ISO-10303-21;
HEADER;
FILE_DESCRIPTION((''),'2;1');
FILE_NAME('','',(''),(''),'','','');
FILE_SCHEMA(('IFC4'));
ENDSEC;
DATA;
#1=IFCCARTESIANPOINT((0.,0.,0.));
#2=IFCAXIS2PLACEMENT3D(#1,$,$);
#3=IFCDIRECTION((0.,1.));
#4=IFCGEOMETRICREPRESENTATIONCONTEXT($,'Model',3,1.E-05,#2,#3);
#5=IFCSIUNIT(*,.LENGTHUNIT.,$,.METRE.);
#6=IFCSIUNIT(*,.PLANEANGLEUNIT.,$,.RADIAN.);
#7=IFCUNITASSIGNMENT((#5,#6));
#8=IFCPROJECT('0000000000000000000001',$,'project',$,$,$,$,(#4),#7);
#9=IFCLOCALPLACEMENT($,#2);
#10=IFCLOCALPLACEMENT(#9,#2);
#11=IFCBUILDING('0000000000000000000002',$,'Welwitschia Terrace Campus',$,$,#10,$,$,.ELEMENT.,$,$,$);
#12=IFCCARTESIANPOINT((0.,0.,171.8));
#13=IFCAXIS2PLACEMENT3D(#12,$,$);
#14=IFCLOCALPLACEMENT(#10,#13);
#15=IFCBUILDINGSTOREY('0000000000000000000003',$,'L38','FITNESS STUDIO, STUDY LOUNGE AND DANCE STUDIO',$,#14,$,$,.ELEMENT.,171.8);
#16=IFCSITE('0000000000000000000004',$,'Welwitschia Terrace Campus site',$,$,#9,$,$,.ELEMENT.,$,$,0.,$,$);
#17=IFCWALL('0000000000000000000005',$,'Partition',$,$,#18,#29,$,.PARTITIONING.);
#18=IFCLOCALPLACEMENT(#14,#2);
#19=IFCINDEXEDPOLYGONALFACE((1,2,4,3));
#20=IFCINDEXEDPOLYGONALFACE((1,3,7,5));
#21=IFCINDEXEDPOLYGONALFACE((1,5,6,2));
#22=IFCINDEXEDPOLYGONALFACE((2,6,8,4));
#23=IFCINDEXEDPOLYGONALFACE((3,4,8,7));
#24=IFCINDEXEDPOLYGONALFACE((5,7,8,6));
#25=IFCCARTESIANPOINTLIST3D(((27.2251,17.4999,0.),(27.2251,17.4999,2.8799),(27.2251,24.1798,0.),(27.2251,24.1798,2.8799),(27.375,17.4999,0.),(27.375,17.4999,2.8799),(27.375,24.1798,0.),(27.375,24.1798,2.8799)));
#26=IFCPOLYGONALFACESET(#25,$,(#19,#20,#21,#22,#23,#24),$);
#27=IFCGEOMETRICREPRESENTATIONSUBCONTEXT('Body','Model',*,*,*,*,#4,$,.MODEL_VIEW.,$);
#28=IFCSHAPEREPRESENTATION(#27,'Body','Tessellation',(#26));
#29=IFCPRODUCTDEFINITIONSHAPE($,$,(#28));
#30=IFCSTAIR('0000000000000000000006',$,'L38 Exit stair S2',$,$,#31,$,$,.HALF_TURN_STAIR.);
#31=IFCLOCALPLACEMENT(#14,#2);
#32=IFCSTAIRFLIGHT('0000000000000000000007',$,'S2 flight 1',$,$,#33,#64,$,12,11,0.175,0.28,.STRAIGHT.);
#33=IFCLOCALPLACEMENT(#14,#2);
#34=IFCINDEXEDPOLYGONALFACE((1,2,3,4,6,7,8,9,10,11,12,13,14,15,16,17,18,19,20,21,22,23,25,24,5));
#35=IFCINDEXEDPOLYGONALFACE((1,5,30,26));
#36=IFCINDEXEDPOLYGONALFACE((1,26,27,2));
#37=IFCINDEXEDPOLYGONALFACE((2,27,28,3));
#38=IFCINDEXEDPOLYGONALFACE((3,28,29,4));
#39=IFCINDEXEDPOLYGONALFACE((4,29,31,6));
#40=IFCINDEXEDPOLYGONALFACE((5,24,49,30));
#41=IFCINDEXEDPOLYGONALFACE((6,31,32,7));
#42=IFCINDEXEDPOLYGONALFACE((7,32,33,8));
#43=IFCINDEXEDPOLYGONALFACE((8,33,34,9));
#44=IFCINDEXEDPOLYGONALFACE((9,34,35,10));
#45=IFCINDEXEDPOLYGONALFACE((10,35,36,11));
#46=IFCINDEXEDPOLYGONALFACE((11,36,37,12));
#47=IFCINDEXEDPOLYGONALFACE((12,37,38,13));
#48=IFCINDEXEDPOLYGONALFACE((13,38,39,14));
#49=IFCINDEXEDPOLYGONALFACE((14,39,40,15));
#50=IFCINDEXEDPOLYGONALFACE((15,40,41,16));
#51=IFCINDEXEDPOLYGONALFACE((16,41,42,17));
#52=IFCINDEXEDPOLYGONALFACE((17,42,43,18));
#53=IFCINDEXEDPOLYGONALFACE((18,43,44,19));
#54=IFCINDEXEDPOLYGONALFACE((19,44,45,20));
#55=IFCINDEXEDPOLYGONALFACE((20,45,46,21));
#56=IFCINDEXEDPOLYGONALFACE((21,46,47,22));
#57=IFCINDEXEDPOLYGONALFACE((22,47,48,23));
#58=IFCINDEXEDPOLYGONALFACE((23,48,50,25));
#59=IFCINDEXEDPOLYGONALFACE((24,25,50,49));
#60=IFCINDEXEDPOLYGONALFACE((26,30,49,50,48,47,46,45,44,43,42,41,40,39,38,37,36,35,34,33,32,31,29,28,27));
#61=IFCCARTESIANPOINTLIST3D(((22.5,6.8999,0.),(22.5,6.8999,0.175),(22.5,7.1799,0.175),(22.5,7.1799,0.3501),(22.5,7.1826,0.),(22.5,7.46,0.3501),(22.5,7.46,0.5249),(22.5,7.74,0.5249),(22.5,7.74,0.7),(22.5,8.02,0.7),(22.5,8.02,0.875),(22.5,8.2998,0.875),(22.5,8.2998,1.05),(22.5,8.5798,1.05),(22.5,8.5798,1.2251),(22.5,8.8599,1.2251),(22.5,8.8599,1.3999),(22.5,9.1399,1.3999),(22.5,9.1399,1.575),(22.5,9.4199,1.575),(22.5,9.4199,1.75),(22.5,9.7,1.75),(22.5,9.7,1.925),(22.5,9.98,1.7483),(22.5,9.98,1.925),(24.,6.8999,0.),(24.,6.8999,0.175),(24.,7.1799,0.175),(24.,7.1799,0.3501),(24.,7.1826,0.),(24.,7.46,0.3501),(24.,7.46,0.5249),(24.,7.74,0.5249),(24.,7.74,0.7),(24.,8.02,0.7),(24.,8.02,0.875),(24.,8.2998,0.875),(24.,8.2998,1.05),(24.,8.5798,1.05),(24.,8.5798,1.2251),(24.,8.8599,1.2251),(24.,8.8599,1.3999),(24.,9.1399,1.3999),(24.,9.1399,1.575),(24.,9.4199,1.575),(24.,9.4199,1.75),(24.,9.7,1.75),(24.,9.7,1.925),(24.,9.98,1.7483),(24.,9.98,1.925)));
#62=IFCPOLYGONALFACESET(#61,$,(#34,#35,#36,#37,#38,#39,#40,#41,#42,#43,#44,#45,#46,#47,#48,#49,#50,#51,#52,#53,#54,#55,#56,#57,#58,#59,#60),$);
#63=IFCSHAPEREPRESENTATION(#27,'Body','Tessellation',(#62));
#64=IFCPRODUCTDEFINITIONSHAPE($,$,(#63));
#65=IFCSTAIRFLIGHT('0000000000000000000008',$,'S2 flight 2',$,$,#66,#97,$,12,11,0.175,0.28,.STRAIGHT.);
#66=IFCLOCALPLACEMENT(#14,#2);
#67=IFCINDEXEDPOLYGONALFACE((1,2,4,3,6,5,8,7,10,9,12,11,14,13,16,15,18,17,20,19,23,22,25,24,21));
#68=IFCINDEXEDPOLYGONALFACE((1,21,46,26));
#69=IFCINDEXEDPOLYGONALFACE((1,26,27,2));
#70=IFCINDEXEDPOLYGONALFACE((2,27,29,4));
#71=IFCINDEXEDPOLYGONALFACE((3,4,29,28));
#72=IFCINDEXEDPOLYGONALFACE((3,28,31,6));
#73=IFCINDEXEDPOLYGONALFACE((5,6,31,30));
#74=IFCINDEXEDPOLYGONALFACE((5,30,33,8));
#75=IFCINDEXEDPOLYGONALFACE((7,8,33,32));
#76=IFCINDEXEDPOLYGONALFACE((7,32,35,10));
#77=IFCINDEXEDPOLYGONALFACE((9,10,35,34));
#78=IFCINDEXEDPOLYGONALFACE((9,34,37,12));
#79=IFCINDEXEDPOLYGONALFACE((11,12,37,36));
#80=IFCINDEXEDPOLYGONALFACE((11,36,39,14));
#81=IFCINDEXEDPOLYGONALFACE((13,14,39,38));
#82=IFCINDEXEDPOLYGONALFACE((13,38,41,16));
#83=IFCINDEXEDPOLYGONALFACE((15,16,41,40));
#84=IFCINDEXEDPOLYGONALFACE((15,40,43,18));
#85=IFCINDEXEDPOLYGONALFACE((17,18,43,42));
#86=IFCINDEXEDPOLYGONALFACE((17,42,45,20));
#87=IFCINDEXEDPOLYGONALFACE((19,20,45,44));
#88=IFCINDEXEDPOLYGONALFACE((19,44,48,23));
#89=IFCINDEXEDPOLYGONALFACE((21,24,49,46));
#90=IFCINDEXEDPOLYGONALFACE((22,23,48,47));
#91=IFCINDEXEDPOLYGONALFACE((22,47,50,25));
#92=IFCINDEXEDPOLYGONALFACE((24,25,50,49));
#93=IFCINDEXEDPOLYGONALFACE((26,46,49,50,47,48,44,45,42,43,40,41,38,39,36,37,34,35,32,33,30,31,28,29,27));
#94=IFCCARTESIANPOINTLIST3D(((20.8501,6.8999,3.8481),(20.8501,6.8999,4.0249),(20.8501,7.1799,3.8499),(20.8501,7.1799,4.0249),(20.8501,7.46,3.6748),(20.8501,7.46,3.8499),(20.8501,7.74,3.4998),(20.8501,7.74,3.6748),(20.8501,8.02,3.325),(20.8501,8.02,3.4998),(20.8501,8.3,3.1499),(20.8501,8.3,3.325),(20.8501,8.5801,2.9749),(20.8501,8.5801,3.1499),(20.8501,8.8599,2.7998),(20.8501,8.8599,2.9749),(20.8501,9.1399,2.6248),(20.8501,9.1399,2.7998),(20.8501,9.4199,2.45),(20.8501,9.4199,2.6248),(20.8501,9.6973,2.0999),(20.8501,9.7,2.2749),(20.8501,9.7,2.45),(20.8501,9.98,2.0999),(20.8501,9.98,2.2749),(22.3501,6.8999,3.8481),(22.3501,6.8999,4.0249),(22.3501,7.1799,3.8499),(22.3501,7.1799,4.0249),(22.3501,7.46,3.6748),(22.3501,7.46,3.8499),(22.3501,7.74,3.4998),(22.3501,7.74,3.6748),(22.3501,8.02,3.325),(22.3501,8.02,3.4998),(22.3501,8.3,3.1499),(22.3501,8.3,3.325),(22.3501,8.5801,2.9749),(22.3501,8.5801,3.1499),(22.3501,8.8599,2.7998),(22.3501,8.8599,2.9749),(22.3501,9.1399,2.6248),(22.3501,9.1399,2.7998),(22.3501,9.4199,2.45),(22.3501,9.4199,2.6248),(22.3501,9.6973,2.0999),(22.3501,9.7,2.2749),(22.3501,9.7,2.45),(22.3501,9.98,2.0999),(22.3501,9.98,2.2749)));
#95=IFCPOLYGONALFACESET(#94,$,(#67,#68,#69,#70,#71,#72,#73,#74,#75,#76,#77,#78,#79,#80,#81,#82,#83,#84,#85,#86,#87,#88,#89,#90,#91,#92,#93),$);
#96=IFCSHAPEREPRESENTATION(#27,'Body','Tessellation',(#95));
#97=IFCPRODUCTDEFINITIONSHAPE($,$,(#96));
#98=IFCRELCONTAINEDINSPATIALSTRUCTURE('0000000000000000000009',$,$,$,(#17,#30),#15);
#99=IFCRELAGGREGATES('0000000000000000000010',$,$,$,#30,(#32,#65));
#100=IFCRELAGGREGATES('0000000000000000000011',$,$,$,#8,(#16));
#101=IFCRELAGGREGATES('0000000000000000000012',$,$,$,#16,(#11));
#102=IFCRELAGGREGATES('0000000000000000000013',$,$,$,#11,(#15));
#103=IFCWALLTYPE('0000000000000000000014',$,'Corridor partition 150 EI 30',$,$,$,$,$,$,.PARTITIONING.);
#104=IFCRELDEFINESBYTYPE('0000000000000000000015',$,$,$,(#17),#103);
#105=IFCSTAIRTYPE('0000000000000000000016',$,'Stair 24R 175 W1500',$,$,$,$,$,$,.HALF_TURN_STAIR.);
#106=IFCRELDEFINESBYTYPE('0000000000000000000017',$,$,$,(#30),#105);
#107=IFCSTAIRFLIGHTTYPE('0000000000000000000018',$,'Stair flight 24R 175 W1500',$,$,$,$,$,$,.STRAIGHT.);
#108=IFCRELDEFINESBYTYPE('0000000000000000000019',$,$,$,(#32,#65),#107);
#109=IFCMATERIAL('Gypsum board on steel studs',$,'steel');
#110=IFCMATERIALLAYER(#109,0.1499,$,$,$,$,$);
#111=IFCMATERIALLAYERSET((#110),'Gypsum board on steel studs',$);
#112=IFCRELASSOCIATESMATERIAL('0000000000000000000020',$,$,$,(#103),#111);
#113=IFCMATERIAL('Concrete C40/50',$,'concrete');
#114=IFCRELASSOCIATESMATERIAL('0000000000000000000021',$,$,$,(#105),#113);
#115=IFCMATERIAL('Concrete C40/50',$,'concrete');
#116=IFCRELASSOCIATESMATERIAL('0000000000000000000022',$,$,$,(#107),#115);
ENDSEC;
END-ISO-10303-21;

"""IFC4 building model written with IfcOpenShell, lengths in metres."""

from ifc_helpers import new_model, si_unit, direction, frame, frame_2d, origin, place, context, subcontext, project, spatial, polyline, rectangle, outline, extrude, material, layer, layer_set, type_object, element, aggregate, save


model = new_model("IFC4")

# Units and contexts
model_context = context("Model", 3, precision=1e-05, world=origin(), true_north=direction((0.0, 1.0)))
body_context = subcontext(model_context, "Body", "Model", "MODEL_VIEW")
ifc_project = project(units=[si_unit("LENGTHUNIT", "METRE"), si_unit("PLANEANGLEUNIT", "RADIAN")], contexts=[model_context])

# Site, building, storey
site_placement = place(None, origin())
site = spatial("IfcSite", under=ifc_project, at=site_placement, Name="Welwitschia Terrace Campus site", CompositionType="ELEMENT", RefElevation=0.0)
building_placement = place(site_placement, origin())
building = spatial("IfcBuilding", under=site, at=building_placement, Name="Welwitschia Terrace Campus", CompositionType="ELEMENT")
storey_placement = place(building_placement, frame((0.0, 0.0, 171.8)))
storey = spatial("IfcBuildingStorey", under=building, at=storey_placement, Name="L38", Description="FITNESS STUDIO, STUDY LOUNGE AND DANCE STUDIO", CompositionType="ELEMENT", Elevation=171.8)

# Shared definitions
ifc_material_1 = material(Name="Gypsum board on steel studs", Category="steel")
ifc_layer_1 = layer(ifc_material_1, 0.1499)
ifc_layer_set_1 = layer_set([ifc_layer_1], Name="Gypsum board on steel studs")
wall_type_1 = type_object("IfcWallType", Name="Corridor partition 150 EI 30", PredefinedType="PARTITIONING", material=ifc_layer_set_1)

# Wall
wall_1_placement = place(storey_placement, frame((27.3, 17.5, 0.0), z_axis=(0.0, 0.0, 1.0), x_axis=(0.0, 1.0, 0.0)))
element("IfcWall", 1, at=wall_1_placement, inside=storey, type_object=wall_type_1, Name="Partition", PredefinedType="PARTITIONING", context=body_context, shape_type="SweptSolid", body=[
    extrude(rectangle(XDim=6.6799, YDim=0.1499, at=frame_2d((3.3398, 0.0))), origin(), (0.0, 0.0, 1.0), 2.8799),
])

# Stair, stair flights
ifc_material_2 = material(Name="Concrete C40/50", Category="concrete")
stair_type = type_object("IfcStairType", Name="Stair 24R 175 W1500", PredefinedType="HALF_TURN_STAIR", material=ifc_material_2)
stair_placement = place(storey_placement, origin())
stair = element("IfcStair", 2, at=stair_placement, inside=storey, type_object=stair_type, Name="L38 Exit stair S2", PredefinedType="HALF_TURN_STAIR")
ifc_material_3 = material(Name="Concrete C40/50", Category="concrete")
stair_flight_type = type_object("IfcStairFlightType", Name="Stair flight 24R 175 W1500", PredefinedType="STRAIGHT", material=ifc_material_3)
stair_flight_1_placement = place(storey_placement, frame((23.25, 6.8999, 0.0), z_axis=(0.0, 0.0, 1.0), x_axis=(0.0, 1.0, 0.0)))
stair_flight_1 = element("IfcStairFlight", 3, at=stair_flight_1_placement, type_object=stair_flight_type, Name="S2 flight 1", NumberOfRisers=12, NumberOfTreads=11, PredefinedType="STRAIGHT", RiserHeight=0.175, TreadLength=0.28, context=body_context, shape_type="SweptSolid", body=[
    extrude(outline(polyline([(0.0, 0.0), (0.0, 0.175), (0.28, 0.175), (0.28, 0.3501), (0.5601, 0.3501), (0.5601, 0.5249), (0.8401, 0.5249), (0.8401, 0.7), (1.1201, 0.7), (1.1201, 0.875), (1.3999, 0.875), (1.3999, 1.05), (1.6799, 1.05), (1.6799, 1.2251), (1.96, 1.2251), (1.96, 1.3999), (2.24, 1.3999), (2.24, 1.575), (2.52, 1.575), (2.52, 1.75), (2.8, 1.75), (2.8, 1.925), (3.0801, 1.925), (3.0801, 2.1001), (3.0801, 1.7483), (0.2827, 0.0), (0.0, 0.0)])), frame((0.0, 0.75, 0.0), z_axis=(0.0, -1.0, 0.0), x_axis=(1.0, 0.0, 0.0)), (0.0, 0.0, 1.0), 1.5),
])
stair_flight_2_placement = place(storey_placement, frame((21.6001, 9.98, 2.0999), z_axis=(0.0, 0.0, 1.0), x_axis=(0.0, -1.0, 0.0)))
stair_flight_2 = element("IfcStairFlight", 4, at=stair_flight_2_placement, type_object=stair_flight_type, Name="S2 flight 2", NumberOfRisers=12, NumberOfTreads=11, PredefinedType="STRAIGHT", RiserHeight=0.175, TreadLength=0.28, context=body_context, shape_type="SweptSolid", body=[
    extrude(outline(polyline([(0.0, 0.0), (0.0, 0.175), (0.28, 0.175), (0.28, 0.3501), (0.5601, 0.3501), (0.5601, 0.5249), (0.8401, 0.5249), (0.8401, 0.7), (1.1201, 0.7), (1.1201, 0.875), (1.3999, 0.875), (1.3999, 1.05), (1.6799, 1.05), (1.6799, 1.2251), (1.96, 1.2251), (1.96, 1.3999), (2.24, 1.3999), (2.24, 1.575), (2.52, 1.575), (2.52, 1.75), (2.8, 1.75), (2.8, 1.925), (3.0801, 1.925), (3.0801, 2.1001), (3.0801, 1.7483), (0.2827, 0.0), (0.0, 0.0)])), frame((0.0, 0.75, 0.0), z_axis=(0.0, -1.0, 0.0), x_axis=(1.0, 0.0, 0.0)), (0.0, 0.0, 1.0), 1.5),
])
aggregate(stair, [stair_flight_1, stair_flight_2])

save(model, "model.ifc")
